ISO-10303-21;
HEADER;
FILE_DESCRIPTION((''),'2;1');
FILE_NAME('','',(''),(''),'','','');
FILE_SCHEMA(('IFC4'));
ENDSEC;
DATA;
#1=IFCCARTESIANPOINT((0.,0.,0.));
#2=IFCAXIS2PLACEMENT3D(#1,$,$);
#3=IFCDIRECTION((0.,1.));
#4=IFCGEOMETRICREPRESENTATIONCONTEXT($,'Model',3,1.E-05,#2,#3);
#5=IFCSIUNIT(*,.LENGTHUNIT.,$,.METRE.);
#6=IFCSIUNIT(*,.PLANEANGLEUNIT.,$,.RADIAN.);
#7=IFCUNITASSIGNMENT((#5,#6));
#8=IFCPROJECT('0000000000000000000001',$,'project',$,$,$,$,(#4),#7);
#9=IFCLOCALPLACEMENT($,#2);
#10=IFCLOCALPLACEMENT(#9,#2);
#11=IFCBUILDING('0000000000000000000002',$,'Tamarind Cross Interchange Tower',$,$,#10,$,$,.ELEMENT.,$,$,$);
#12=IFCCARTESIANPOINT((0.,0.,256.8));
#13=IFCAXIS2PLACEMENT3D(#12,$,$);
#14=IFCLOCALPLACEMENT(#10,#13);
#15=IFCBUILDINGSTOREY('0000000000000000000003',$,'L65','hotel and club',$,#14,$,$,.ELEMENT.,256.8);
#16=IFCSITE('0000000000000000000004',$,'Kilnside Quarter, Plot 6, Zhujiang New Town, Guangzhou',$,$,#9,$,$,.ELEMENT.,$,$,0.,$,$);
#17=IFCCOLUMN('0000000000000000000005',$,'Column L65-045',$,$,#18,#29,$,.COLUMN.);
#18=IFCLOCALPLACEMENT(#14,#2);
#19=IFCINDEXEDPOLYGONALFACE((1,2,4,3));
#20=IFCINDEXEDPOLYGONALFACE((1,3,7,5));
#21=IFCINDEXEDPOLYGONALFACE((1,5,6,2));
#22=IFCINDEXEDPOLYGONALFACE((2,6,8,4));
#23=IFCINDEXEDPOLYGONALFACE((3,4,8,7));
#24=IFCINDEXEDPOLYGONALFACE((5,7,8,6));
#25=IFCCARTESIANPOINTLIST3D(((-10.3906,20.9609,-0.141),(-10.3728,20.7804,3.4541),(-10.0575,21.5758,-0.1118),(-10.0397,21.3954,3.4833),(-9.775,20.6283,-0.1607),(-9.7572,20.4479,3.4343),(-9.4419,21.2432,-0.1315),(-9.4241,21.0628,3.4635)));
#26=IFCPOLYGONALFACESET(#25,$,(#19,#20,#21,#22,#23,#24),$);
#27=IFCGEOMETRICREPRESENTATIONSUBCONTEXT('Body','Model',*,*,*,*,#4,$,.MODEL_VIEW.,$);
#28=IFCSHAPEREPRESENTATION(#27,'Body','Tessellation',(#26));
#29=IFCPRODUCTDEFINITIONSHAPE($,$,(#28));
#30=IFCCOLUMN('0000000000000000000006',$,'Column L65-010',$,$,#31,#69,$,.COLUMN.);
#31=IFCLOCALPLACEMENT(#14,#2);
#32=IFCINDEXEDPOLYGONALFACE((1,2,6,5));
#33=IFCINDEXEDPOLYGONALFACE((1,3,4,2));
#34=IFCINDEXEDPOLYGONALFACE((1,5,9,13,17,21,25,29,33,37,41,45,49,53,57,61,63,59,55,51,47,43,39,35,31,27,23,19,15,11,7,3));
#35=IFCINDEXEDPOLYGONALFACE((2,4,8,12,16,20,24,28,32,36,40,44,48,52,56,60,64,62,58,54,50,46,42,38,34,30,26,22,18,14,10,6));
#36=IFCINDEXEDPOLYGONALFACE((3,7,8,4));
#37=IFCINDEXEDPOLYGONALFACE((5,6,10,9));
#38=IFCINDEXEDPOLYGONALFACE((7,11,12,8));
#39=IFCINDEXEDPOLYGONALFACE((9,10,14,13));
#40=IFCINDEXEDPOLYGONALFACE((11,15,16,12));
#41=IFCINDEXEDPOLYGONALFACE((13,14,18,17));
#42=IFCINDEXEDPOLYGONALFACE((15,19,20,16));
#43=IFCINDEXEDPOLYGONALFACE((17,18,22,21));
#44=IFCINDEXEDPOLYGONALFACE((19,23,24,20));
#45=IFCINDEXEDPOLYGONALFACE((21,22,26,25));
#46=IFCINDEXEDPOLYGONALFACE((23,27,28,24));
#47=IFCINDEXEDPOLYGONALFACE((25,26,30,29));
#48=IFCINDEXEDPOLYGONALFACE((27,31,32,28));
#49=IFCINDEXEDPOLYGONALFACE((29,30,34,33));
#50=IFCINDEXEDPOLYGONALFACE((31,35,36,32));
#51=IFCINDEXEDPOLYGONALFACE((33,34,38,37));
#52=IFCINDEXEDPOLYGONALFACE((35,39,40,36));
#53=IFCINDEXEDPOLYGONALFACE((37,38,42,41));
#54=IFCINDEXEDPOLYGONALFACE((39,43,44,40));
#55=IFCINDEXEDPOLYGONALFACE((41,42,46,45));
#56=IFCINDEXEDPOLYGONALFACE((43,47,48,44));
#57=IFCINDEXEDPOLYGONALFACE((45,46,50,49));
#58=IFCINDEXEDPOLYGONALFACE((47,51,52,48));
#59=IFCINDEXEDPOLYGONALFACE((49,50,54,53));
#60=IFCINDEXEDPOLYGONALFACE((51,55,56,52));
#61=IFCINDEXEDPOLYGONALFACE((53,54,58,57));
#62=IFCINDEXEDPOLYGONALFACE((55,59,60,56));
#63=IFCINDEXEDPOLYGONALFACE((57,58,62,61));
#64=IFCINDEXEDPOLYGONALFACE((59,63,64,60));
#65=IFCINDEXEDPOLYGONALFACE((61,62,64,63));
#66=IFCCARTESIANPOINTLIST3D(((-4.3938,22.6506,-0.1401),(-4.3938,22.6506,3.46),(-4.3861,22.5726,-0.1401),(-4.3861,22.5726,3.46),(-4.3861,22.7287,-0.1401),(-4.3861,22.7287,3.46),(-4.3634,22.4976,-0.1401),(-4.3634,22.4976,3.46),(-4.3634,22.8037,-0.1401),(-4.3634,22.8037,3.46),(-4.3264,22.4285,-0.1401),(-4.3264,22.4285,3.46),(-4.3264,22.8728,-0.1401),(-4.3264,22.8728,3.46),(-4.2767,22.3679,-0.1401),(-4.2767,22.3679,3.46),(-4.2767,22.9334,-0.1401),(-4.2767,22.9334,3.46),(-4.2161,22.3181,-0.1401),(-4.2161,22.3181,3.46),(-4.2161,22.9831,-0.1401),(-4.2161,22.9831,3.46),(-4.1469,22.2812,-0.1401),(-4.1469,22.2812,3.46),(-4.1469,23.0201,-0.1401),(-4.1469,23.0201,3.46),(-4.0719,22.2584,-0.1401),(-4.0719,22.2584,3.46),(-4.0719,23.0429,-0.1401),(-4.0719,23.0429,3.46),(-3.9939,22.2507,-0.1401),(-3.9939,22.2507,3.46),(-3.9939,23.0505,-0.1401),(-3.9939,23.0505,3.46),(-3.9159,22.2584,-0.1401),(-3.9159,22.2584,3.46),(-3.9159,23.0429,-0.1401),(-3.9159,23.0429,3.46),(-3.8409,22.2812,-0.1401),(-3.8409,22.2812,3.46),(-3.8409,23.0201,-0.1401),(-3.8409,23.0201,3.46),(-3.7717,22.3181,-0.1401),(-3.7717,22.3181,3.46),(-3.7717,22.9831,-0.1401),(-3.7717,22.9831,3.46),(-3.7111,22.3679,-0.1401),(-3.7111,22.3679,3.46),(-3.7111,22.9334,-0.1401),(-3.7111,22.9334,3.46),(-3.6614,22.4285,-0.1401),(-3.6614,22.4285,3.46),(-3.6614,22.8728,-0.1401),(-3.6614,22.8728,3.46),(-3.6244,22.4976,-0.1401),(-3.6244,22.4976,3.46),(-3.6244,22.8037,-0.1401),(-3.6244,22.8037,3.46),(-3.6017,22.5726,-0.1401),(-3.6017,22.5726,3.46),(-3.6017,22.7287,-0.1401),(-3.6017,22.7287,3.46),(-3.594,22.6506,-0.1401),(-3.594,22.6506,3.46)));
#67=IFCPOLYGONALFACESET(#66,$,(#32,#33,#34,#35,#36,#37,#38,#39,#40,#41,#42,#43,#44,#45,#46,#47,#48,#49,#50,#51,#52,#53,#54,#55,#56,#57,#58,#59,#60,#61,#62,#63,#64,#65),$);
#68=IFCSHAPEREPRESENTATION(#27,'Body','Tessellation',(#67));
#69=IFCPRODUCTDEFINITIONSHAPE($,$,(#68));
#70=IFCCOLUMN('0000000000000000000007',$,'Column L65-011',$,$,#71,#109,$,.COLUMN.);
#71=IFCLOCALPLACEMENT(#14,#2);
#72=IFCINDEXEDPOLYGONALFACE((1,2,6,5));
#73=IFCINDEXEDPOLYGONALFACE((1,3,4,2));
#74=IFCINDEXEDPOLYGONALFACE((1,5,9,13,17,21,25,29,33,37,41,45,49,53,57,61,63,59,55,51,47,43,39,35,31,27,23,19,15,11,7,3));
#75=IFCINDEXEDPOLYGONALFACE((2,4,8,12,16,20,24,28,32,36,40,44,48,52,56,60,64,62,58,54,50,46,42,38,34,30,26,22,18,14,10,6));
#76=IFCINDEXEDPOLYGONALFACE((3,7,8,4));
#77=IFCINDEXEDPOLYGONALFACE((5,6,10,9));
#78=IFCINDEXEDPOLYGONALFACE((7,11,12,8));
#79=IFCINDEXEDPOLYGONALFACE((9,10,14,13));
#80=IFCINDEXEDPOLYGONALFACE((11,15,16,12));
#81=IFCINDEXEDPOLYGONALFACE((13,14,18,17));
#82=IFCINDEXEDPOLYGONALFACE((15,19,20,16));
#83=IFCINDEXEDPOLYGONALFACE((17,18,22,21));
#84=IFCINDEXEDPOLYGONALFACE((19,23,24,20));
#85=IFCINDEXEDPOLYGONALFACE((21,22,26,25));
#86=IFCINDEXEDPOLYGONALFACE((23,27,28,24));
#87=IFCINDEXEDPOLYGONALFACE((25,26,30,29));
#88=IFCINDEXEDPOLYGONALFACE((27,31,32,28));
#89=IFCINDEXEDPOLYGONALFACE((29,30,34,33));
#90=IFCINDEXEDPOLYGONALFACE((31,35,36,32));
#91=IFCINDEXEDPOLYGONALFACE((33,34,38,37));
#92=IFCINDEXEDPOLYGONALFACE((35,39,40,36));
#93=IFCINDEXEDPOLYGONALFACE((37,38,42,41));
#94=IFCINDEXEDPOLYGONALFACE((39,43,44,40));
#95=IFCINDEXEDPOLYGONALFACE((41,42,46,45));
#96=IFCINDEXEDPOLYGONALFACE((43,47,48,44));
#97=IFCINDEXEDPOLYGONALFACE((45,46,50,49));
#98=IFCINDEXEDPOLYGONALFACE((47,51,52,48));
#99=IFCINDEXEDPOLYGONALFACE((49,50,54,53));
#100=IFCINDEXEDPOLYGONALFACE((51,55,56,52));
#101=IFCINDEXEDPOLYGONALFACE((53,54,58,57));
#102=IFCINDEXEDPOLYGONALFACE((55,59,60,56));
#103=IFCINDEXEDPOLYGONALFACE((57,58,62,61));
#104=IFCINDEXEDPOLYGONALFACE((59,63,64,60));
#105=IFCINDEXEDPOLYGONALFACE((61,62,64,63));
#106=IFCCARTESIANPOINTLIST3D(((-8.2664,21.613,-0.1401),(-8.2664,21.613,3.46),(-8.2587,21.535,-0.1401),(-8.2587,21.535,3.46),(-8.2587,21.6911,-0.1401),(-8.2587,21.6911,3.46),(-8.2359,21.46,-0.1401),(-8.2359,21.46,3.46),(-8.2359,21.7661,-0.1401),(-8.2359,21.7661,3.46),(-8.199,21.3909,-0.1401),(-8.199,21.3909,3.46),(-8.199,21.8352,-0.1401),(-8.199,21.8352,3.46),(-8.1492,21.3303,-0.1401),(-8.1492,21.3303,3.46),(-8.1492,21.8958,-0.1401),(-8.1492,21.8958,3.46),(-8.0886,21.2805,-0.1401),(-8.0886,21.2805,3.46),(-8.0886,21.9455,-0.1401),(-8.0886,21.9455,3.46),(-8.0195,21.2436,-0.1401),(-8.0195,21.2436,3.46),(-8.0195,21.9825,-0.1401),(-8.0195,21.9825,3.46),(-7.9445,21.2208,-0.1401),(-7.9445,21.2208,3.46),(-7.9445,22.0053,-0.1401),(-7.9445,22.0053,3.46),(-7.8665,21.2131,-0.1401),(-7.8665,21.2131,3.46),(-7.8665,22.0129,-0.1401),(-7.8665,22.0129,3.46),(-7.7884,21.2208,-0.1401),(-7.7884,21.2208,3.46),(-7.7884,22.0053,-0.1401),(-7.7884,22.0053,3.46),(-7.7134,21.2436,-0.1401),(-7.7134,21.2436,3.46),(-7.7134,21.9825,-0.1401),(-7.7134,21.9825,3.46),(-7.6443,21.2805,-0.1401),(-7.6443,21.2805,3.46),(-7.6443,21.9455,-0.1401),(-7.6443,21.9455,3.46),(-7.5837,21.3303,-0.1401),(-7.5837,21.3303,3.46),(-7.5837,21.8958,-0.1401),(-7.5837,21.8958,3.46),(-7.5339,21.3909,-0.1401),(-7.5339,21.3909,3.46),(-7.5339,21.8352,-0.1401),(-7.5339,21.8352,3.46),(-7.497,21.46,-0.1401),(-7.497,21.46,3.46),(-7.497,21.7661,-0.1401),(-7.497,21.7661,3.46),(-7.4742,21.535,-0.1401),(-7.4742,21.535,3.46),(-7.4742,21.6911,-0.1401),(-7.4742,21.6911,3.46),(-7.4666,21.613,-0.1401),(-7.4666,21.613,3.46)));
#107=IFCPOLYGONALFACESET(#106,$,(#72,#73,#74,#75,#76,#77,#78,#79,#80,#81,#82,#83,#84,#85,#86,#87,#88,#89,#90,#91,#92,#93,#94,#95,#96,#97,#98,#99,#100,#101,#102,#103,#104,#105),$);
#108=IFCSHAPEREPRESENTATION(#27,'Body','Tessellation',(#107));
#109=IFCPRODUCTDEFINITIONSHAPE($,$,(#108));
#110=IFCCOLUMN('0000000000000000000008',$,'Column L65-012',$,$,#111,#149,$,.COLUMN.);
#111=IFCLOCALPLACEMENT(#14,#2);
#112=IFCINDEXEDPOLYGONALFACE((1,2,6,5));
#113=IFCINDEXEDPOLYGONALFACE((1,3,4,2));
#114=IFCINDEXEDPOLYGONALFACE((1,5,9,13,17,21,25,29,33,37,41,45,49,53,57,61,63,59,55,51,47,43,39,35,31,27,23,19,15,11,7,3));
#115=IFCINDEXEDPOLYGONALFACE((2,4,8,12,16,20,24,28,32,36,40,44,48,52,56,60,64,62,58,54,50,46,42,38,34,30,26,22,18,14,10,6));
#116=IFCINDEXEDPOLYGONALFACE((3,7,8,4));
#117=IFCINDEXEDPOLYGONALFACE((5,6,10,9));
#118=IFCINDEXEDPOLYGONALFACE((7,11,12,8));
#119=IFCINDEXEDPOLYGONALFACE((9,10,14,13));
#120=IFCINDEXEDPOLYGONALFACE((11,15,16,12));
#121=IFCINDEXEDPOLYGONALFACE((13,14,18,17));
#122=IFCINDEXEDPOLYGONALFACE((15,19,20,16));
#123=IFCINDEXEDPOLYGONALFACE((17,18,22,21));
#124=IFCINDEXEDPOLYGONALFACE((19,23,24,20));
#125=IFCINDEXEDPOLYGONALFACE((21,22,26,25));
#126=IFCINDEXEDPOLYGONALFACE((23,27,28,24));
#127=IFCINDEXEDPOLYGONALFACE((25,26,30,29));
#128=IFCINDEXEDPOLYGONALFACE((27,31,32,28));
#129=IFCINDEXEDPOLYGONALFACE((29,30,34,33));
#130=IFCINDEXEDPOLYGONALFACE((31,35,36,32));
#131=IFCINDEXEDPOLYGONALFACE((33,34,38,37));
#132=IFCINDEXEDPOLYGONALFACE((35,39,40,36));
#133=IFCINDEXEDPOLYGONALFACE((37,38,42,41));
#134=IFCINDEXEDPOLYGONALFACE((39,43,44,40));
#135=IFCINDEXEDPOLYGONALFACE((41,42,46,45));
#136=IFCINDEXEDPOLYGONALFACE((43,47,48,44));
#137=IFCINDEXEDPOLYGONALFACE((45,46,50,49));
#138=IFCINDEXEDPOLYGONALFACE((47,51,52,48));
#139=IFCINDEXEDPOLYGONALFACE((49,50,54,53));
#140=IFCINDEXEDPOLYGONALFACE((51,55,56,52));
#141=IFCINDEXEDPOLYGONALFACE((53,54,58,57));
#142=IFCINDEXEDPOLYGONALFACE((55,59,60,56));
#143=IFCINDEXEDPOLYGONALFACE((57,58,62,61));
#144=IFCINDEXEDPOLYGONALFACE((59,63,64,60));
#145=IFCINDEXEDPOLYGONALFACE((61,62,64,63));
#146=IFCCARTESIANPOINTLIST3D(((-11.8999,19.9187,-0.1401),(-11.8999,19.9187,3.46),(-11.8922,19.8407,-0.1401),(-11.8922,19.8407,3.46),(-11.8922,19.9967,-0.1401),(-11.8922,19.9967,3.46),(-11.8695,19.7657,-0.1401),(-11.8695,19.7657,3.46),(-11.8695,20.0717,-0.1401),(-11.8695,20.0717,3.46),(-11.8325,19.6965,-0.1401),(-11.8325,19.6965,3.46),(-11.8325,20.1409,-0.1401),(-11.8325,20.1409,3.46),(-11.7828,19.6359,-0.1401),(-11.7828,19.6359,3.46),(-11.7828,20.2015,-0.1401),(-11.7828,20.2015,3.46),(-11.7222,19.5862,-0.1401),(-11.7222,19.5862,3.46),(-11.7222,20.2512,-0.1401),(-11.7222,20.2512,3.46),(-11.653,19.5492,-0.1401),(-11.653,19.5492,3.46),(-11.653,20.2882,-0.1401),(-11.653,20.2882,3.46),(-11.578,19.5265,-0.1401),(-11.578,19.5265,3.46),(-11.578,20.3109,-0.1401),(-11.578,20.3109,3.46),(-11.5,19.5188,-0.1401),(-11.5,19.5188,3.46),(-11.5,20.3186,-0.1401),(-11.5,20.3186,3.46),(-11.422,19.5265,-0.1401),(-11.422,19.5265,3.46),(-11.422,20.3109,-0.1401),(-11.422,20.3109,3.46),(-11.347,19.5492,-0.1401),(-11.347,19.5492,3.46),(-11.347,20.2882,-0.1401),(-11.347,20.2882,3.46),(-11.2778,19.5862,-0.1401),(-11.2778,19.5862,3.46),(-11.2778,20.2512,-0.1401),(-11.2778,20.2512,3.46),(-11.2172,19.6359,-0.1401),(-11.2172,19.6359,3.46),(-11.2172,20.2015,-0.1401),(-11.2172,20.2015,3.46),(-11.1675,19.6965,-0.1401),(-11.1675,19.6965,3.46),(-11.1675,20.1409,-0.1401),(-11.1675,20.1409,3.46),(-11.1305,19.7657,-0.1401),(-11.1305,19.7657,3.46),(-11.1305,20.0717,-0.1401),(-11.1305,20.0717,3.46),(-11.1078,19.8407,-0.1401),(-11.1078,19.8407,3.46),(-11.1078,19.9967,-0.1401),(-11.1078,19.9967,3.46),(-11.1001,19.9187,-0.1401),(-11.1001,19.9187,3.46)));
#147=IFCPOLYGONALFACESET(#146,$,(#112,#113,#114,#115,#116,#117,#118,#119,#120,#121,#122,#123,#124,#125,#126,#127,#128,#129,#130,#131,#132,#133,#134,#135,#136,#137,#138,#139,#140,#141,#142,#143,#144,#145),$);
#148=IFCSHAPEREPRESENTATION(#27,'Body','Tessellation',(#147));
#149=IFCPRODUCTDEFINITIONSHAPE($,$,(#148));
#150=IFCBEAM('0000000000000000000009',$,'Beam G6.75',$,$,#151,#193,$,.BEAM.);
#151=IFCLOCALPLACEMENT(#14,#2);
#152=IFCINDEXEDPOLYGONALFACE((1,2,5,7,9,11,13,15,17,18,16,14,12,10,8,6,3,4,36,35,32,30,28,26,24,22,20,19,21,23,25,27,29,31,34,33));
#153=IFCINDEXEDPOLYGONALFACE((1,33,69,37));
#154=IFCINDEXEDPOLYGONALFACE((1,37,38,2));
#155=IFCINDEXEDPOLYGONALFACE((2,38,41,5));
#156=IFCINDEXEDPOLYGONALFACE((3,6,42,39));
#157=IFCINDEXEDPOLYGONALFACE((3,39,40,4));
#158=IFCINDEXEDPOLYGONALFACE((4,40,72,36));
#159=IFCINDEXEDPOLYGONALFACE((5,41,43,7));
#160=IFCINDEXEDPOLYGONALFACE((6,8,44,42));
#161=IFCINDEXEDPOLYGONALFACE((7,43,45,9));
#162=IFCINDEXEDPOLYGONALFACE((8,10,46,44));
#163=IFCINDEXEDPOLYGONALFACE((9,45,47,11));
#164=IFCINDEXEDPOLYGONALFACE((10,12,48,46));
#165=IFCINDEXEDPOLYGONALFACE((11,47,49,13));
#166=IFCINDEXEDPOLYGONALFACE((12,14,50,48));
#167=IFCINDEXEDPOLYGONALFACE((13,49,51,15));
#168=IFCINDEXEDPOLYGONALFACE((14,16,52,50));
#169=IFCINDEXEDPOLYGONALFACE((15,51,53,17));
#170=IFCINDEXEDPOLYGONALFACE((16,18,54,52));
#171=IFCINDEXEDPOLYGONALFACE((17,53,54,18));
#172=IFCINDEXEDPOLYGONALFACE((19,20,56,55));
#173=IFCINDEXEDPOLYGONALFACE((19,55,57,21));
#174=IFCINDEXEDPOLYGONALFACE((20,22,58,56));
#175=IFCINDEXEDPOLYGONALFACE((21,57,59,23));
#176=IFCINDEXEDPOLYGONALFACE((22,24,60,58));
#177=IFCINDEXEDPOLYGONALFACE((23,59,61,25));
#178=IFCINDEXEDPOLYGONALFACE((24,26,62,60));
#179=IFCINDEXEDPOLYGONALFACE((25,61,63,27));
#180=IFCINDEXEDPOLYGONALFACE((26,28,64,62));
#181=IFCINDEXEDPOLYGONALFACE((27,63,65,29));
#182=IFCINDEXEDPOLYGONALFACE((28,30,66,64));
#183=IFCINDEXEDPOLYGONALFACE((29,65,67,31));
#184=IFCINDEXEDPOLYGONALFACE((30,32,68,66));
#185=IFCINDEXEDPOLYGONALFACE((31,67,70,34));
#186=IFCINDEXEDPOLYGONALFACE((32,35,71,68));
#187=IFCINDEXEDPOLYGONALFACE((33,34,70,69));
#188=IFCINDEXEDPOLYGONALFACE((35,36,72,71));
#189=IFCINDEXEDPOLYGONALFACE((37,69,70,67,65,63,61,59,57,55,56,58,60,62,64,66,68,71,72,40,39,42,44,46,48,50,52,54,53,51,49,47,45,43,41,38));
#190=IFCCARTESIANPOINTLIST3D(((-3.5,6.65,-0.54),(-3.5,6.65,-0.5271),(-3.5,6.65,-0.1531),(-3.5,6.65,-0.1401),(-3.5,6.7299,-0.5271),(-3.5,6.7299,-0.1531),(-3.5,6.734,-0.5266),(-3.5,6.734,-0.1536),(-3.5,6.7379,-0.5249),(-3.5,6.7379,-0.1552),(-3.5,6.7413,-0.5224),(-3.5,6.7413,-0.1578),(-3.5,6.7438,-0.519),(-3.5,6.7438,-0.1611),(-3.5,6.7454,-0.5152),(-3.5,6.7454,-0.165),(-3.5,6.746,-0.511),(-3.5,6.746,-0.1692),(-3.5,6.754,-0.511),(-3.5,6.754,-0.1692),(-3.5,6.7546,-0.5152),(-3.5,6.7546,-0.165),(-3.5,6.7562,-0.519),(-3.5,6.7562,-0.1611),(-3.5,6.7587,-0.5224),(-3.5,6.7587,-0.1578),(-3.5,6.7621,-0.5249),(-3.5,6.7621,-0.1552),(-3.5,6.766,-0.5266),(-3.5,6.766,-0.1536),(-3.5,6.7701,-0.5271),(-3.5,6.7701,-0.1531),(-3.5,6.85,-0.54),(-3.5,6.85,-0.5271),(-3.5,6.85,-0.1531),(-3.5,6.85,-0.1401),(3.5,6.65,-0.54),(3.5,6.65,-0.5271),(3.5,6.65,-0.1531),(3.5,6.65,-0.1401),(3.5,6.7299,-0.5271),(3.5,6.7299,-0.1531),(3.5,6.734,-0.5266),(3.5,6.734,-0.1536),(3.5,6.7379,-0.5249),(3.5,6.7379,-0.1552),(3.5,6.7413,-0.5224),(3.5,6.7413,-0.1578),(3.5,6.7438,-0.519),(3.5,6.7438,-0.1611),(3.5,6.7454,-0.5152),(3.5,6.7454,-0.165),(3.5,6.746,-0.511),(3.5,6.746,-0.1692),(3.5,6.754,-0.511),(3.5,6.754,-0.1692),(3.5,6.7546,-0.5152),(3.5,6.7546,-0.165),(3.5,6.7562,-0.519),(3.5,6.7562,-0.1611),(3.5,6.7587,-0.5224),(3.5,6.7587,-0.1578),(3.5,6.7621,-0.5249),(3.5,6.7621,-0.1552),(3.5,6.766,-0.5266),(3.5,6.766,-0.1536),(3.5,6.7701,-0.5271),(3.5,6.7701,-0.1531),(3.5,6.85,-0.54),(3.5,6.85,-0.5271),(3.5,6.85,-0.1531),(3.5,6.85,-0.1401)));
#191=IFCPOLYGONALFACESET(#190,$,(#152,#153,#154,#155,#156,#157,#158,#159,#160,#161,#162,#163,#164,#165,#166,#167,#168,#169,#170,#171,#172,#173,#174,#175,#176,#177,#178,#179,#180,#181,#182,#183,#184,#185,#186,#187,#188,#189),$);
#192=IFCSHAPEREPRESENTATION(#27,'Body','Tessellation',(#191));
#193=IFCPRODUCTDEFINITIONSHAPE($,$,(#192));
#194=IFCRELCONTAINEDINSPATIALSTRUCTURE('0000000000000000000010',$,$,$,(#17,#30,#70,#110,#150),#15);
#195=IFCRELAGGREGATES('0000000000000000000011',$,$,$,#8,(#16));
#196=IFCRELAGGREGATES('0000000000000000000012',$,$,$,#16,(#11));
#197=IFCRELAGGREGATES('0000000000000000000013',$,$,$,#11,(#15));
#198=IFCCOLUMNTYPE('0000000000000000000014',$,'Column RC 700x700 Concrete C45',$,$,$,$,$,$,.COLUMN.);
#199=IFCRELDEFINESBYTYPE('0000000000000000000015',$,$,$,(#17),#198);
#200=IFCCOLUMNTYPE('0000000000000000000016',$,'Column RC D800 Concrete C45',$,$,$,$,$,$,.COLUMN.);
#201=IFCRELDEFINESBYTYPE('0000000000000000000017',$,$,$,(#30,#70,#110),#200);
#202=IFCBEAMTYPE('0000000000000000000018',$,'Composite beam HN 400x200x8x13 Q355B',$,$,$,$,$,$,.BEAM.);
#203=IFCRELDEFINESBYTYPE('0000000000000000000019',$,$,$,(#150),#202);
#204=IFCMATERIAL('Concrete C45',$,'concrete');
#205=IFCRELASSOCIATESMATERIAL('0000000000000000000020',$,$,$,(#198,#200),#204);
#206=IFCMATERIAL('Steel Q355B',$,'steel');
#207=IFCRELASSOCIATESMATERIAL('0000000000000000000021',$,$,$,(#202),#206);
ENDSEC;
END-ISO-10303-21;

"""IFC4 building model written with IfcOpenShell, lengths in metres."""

from ifc_helpers import new_model, si_unit, direction, frame, origin, origin_2d, place, context, subcontext, project, spatial, rectangle, circle, i_section, extrude, material, material_profile, profile_set, type_object, element, save


model = new_model("IFC4")

# Units and contexts
model_context = context("Model", 3, precision=1e-05, world=origin(), true_north=direction((0.0, 1.0)))
body_context = subcontext(model_context, "Body", "Model", "MODEL_VIEW")
ifc_project = project(units=[si_unit("LENGTHUNIT", "METRE"), si_unit("PLANEANGLEUNIT", "RADIAN")], contexts=[model_context])

# Site, building, storey
site_placement = place(None, origin())
site = spatial("IfcSite", under=ifc_project, at=site_placement, Name="Kilnside Quarter, Plot 6, Zhujiang New Town, Guangzhou", CompositionType="ELEMENT", RefElevation=0.0)
building_placement = place(site_placement, origin())
building = spatial("IfcBuilding", under=site, at=building_placement, Name="Tamarind Cross Interchange Tower", CompositionType="ELEMENT")
storey_placement = place(building_placement, frame((0.0, 0.0, 256.8)))
storey = spatial("IfcBuildingStorey", under=building, at=storey_placement, Name="L65", Description="hotel and club", CompositionType="ELEMENT", Elevation=256.8)

# Columns
ifc_material_1 = material(Name="Concrete C45", Category="concrete")
ifc_material_profile_1 = material_profile(ifc_material_1, rectangle(XDim=0.7, YDim=0.7, at=origin_2d()), Name="RC 700x700")
ifc_profile_set_1 = profile_set([ifc_material_profile_1], Name="Concrete C45")
column_type_1 = type_object("IfcColumnType", Name="Column RC 700x700 Concrete C45", PredefinedType="COLUMN", material=ifc_profile_set_1)
column_placement = place(storey_placement, frame((-9.9163, 21.1021, -0.1362), z_axis=(0.004951, -0.050123, 0.998731), x_axis=(0.475902, 0.878508, 0.04173)))
element("IfcColumn", 1, at=column_placement, inside=storey, type_object=column_type_1, Name="Column L65-045", PredefinedType="COLUMN", context=body_context, shape_type="SweptSolid", body=[
    extrude(rectangle(XDim=0.7, YDim=0.7, at=origin_2d()), origin(), (0.0, 0.0, 1.0), 3.5996),
])
ifc_material_profile_2 = material_profile(ifc_material_1, circle(Radius=0.3999, at=origin_2d()), Name="RC D800")
ifc_profile_set_2 = profile_set([ifc_material_profile_2], Name="Concrete C45")
column_type_2 = type_object("IfcColumnType", Name="Column RC D800 Concrete C45", PredefinedType="COLUMN", material=ifc_profile_set_2)
for number, where, z_axis, x_axis, name in (
    (2, (-3.9939, 22.6506, -0.1401), (0.0, 0.0, 1.0), (1.0, 0.0, 0.0), "Column L65-010"),
    (3, (-7.8665, 21.613, -0.1401), (0.0, 0.0, 1.0), (1.0, 0.0, 0.0), "Column L65-011"),
    (4, (-11.5, 19.9187, -0.1401), (0.0, 0.0, 1.0), (1.0, 0.0, 0.0), "Column L65-012"),
):
    element("IfcColumn", number, at=place(storey_placement, frame(where, z_axis=z_axis, x_axis=x_axis)), inside=storey, type_object=column_type_2, Name=name, PredefinedType="COLUMN", context=body_context, shape_type="SweptSolid", body=[
        extrude(circle(Radius=0.3999, at=origin_2d()), origin(), (0.0, 0.0, 1.0), 3.6001),
    ])

# Beam
ifc_material_2 = material(Name="Steel Q355B", Category="steel")
ifc_material_profile_3 = material_profile(ifc_material_2, i_section(OverallWidth=0.2, OverallDepth=0.3999, WebThickness=0.0081, FlangeThickness=0.0129, FilletRadius=0.0161, at=origin_2d()), Name="HN 400x200x8x13")
ifc_profile_set_3 = profile_set([ifc_material_profile_3], Name="Steel Q355B")
beam_type_1 = type_object("IfcBeamType", Name="Composite beam HN 400x200x8x13 Q355B", PredefinedType="BEAM", material=ifc_profile_set_3)
for number, where, z_axis, x_axis, name in (
    (5, (-3.5, 6.75, -0.3401), (1.0, 0.0, 0.0), (0.0, 1.0, 0.0), "Beam G6.75"),
):
    element("IfcBeam", number, at=place(storey_placement, frame(where, z_axis=z_axis, x_axis=x_axis)), inside=storey, type_object=beam_type_1, Name=name, PredefinedType="BEAM", context=body_context, shape_type="SweptSolid", body=[
        extrude(i_section(OverallWidth=0.2, OverallDepth=0.3999, WebThickness=0.0081, FlangeThickness=0.0129, FilletRadius=0.0161, at=origin_2d()), origin(), (0.0, 0.0, 1.0), 7.0),
    ])

save(model, "model.ifc")
